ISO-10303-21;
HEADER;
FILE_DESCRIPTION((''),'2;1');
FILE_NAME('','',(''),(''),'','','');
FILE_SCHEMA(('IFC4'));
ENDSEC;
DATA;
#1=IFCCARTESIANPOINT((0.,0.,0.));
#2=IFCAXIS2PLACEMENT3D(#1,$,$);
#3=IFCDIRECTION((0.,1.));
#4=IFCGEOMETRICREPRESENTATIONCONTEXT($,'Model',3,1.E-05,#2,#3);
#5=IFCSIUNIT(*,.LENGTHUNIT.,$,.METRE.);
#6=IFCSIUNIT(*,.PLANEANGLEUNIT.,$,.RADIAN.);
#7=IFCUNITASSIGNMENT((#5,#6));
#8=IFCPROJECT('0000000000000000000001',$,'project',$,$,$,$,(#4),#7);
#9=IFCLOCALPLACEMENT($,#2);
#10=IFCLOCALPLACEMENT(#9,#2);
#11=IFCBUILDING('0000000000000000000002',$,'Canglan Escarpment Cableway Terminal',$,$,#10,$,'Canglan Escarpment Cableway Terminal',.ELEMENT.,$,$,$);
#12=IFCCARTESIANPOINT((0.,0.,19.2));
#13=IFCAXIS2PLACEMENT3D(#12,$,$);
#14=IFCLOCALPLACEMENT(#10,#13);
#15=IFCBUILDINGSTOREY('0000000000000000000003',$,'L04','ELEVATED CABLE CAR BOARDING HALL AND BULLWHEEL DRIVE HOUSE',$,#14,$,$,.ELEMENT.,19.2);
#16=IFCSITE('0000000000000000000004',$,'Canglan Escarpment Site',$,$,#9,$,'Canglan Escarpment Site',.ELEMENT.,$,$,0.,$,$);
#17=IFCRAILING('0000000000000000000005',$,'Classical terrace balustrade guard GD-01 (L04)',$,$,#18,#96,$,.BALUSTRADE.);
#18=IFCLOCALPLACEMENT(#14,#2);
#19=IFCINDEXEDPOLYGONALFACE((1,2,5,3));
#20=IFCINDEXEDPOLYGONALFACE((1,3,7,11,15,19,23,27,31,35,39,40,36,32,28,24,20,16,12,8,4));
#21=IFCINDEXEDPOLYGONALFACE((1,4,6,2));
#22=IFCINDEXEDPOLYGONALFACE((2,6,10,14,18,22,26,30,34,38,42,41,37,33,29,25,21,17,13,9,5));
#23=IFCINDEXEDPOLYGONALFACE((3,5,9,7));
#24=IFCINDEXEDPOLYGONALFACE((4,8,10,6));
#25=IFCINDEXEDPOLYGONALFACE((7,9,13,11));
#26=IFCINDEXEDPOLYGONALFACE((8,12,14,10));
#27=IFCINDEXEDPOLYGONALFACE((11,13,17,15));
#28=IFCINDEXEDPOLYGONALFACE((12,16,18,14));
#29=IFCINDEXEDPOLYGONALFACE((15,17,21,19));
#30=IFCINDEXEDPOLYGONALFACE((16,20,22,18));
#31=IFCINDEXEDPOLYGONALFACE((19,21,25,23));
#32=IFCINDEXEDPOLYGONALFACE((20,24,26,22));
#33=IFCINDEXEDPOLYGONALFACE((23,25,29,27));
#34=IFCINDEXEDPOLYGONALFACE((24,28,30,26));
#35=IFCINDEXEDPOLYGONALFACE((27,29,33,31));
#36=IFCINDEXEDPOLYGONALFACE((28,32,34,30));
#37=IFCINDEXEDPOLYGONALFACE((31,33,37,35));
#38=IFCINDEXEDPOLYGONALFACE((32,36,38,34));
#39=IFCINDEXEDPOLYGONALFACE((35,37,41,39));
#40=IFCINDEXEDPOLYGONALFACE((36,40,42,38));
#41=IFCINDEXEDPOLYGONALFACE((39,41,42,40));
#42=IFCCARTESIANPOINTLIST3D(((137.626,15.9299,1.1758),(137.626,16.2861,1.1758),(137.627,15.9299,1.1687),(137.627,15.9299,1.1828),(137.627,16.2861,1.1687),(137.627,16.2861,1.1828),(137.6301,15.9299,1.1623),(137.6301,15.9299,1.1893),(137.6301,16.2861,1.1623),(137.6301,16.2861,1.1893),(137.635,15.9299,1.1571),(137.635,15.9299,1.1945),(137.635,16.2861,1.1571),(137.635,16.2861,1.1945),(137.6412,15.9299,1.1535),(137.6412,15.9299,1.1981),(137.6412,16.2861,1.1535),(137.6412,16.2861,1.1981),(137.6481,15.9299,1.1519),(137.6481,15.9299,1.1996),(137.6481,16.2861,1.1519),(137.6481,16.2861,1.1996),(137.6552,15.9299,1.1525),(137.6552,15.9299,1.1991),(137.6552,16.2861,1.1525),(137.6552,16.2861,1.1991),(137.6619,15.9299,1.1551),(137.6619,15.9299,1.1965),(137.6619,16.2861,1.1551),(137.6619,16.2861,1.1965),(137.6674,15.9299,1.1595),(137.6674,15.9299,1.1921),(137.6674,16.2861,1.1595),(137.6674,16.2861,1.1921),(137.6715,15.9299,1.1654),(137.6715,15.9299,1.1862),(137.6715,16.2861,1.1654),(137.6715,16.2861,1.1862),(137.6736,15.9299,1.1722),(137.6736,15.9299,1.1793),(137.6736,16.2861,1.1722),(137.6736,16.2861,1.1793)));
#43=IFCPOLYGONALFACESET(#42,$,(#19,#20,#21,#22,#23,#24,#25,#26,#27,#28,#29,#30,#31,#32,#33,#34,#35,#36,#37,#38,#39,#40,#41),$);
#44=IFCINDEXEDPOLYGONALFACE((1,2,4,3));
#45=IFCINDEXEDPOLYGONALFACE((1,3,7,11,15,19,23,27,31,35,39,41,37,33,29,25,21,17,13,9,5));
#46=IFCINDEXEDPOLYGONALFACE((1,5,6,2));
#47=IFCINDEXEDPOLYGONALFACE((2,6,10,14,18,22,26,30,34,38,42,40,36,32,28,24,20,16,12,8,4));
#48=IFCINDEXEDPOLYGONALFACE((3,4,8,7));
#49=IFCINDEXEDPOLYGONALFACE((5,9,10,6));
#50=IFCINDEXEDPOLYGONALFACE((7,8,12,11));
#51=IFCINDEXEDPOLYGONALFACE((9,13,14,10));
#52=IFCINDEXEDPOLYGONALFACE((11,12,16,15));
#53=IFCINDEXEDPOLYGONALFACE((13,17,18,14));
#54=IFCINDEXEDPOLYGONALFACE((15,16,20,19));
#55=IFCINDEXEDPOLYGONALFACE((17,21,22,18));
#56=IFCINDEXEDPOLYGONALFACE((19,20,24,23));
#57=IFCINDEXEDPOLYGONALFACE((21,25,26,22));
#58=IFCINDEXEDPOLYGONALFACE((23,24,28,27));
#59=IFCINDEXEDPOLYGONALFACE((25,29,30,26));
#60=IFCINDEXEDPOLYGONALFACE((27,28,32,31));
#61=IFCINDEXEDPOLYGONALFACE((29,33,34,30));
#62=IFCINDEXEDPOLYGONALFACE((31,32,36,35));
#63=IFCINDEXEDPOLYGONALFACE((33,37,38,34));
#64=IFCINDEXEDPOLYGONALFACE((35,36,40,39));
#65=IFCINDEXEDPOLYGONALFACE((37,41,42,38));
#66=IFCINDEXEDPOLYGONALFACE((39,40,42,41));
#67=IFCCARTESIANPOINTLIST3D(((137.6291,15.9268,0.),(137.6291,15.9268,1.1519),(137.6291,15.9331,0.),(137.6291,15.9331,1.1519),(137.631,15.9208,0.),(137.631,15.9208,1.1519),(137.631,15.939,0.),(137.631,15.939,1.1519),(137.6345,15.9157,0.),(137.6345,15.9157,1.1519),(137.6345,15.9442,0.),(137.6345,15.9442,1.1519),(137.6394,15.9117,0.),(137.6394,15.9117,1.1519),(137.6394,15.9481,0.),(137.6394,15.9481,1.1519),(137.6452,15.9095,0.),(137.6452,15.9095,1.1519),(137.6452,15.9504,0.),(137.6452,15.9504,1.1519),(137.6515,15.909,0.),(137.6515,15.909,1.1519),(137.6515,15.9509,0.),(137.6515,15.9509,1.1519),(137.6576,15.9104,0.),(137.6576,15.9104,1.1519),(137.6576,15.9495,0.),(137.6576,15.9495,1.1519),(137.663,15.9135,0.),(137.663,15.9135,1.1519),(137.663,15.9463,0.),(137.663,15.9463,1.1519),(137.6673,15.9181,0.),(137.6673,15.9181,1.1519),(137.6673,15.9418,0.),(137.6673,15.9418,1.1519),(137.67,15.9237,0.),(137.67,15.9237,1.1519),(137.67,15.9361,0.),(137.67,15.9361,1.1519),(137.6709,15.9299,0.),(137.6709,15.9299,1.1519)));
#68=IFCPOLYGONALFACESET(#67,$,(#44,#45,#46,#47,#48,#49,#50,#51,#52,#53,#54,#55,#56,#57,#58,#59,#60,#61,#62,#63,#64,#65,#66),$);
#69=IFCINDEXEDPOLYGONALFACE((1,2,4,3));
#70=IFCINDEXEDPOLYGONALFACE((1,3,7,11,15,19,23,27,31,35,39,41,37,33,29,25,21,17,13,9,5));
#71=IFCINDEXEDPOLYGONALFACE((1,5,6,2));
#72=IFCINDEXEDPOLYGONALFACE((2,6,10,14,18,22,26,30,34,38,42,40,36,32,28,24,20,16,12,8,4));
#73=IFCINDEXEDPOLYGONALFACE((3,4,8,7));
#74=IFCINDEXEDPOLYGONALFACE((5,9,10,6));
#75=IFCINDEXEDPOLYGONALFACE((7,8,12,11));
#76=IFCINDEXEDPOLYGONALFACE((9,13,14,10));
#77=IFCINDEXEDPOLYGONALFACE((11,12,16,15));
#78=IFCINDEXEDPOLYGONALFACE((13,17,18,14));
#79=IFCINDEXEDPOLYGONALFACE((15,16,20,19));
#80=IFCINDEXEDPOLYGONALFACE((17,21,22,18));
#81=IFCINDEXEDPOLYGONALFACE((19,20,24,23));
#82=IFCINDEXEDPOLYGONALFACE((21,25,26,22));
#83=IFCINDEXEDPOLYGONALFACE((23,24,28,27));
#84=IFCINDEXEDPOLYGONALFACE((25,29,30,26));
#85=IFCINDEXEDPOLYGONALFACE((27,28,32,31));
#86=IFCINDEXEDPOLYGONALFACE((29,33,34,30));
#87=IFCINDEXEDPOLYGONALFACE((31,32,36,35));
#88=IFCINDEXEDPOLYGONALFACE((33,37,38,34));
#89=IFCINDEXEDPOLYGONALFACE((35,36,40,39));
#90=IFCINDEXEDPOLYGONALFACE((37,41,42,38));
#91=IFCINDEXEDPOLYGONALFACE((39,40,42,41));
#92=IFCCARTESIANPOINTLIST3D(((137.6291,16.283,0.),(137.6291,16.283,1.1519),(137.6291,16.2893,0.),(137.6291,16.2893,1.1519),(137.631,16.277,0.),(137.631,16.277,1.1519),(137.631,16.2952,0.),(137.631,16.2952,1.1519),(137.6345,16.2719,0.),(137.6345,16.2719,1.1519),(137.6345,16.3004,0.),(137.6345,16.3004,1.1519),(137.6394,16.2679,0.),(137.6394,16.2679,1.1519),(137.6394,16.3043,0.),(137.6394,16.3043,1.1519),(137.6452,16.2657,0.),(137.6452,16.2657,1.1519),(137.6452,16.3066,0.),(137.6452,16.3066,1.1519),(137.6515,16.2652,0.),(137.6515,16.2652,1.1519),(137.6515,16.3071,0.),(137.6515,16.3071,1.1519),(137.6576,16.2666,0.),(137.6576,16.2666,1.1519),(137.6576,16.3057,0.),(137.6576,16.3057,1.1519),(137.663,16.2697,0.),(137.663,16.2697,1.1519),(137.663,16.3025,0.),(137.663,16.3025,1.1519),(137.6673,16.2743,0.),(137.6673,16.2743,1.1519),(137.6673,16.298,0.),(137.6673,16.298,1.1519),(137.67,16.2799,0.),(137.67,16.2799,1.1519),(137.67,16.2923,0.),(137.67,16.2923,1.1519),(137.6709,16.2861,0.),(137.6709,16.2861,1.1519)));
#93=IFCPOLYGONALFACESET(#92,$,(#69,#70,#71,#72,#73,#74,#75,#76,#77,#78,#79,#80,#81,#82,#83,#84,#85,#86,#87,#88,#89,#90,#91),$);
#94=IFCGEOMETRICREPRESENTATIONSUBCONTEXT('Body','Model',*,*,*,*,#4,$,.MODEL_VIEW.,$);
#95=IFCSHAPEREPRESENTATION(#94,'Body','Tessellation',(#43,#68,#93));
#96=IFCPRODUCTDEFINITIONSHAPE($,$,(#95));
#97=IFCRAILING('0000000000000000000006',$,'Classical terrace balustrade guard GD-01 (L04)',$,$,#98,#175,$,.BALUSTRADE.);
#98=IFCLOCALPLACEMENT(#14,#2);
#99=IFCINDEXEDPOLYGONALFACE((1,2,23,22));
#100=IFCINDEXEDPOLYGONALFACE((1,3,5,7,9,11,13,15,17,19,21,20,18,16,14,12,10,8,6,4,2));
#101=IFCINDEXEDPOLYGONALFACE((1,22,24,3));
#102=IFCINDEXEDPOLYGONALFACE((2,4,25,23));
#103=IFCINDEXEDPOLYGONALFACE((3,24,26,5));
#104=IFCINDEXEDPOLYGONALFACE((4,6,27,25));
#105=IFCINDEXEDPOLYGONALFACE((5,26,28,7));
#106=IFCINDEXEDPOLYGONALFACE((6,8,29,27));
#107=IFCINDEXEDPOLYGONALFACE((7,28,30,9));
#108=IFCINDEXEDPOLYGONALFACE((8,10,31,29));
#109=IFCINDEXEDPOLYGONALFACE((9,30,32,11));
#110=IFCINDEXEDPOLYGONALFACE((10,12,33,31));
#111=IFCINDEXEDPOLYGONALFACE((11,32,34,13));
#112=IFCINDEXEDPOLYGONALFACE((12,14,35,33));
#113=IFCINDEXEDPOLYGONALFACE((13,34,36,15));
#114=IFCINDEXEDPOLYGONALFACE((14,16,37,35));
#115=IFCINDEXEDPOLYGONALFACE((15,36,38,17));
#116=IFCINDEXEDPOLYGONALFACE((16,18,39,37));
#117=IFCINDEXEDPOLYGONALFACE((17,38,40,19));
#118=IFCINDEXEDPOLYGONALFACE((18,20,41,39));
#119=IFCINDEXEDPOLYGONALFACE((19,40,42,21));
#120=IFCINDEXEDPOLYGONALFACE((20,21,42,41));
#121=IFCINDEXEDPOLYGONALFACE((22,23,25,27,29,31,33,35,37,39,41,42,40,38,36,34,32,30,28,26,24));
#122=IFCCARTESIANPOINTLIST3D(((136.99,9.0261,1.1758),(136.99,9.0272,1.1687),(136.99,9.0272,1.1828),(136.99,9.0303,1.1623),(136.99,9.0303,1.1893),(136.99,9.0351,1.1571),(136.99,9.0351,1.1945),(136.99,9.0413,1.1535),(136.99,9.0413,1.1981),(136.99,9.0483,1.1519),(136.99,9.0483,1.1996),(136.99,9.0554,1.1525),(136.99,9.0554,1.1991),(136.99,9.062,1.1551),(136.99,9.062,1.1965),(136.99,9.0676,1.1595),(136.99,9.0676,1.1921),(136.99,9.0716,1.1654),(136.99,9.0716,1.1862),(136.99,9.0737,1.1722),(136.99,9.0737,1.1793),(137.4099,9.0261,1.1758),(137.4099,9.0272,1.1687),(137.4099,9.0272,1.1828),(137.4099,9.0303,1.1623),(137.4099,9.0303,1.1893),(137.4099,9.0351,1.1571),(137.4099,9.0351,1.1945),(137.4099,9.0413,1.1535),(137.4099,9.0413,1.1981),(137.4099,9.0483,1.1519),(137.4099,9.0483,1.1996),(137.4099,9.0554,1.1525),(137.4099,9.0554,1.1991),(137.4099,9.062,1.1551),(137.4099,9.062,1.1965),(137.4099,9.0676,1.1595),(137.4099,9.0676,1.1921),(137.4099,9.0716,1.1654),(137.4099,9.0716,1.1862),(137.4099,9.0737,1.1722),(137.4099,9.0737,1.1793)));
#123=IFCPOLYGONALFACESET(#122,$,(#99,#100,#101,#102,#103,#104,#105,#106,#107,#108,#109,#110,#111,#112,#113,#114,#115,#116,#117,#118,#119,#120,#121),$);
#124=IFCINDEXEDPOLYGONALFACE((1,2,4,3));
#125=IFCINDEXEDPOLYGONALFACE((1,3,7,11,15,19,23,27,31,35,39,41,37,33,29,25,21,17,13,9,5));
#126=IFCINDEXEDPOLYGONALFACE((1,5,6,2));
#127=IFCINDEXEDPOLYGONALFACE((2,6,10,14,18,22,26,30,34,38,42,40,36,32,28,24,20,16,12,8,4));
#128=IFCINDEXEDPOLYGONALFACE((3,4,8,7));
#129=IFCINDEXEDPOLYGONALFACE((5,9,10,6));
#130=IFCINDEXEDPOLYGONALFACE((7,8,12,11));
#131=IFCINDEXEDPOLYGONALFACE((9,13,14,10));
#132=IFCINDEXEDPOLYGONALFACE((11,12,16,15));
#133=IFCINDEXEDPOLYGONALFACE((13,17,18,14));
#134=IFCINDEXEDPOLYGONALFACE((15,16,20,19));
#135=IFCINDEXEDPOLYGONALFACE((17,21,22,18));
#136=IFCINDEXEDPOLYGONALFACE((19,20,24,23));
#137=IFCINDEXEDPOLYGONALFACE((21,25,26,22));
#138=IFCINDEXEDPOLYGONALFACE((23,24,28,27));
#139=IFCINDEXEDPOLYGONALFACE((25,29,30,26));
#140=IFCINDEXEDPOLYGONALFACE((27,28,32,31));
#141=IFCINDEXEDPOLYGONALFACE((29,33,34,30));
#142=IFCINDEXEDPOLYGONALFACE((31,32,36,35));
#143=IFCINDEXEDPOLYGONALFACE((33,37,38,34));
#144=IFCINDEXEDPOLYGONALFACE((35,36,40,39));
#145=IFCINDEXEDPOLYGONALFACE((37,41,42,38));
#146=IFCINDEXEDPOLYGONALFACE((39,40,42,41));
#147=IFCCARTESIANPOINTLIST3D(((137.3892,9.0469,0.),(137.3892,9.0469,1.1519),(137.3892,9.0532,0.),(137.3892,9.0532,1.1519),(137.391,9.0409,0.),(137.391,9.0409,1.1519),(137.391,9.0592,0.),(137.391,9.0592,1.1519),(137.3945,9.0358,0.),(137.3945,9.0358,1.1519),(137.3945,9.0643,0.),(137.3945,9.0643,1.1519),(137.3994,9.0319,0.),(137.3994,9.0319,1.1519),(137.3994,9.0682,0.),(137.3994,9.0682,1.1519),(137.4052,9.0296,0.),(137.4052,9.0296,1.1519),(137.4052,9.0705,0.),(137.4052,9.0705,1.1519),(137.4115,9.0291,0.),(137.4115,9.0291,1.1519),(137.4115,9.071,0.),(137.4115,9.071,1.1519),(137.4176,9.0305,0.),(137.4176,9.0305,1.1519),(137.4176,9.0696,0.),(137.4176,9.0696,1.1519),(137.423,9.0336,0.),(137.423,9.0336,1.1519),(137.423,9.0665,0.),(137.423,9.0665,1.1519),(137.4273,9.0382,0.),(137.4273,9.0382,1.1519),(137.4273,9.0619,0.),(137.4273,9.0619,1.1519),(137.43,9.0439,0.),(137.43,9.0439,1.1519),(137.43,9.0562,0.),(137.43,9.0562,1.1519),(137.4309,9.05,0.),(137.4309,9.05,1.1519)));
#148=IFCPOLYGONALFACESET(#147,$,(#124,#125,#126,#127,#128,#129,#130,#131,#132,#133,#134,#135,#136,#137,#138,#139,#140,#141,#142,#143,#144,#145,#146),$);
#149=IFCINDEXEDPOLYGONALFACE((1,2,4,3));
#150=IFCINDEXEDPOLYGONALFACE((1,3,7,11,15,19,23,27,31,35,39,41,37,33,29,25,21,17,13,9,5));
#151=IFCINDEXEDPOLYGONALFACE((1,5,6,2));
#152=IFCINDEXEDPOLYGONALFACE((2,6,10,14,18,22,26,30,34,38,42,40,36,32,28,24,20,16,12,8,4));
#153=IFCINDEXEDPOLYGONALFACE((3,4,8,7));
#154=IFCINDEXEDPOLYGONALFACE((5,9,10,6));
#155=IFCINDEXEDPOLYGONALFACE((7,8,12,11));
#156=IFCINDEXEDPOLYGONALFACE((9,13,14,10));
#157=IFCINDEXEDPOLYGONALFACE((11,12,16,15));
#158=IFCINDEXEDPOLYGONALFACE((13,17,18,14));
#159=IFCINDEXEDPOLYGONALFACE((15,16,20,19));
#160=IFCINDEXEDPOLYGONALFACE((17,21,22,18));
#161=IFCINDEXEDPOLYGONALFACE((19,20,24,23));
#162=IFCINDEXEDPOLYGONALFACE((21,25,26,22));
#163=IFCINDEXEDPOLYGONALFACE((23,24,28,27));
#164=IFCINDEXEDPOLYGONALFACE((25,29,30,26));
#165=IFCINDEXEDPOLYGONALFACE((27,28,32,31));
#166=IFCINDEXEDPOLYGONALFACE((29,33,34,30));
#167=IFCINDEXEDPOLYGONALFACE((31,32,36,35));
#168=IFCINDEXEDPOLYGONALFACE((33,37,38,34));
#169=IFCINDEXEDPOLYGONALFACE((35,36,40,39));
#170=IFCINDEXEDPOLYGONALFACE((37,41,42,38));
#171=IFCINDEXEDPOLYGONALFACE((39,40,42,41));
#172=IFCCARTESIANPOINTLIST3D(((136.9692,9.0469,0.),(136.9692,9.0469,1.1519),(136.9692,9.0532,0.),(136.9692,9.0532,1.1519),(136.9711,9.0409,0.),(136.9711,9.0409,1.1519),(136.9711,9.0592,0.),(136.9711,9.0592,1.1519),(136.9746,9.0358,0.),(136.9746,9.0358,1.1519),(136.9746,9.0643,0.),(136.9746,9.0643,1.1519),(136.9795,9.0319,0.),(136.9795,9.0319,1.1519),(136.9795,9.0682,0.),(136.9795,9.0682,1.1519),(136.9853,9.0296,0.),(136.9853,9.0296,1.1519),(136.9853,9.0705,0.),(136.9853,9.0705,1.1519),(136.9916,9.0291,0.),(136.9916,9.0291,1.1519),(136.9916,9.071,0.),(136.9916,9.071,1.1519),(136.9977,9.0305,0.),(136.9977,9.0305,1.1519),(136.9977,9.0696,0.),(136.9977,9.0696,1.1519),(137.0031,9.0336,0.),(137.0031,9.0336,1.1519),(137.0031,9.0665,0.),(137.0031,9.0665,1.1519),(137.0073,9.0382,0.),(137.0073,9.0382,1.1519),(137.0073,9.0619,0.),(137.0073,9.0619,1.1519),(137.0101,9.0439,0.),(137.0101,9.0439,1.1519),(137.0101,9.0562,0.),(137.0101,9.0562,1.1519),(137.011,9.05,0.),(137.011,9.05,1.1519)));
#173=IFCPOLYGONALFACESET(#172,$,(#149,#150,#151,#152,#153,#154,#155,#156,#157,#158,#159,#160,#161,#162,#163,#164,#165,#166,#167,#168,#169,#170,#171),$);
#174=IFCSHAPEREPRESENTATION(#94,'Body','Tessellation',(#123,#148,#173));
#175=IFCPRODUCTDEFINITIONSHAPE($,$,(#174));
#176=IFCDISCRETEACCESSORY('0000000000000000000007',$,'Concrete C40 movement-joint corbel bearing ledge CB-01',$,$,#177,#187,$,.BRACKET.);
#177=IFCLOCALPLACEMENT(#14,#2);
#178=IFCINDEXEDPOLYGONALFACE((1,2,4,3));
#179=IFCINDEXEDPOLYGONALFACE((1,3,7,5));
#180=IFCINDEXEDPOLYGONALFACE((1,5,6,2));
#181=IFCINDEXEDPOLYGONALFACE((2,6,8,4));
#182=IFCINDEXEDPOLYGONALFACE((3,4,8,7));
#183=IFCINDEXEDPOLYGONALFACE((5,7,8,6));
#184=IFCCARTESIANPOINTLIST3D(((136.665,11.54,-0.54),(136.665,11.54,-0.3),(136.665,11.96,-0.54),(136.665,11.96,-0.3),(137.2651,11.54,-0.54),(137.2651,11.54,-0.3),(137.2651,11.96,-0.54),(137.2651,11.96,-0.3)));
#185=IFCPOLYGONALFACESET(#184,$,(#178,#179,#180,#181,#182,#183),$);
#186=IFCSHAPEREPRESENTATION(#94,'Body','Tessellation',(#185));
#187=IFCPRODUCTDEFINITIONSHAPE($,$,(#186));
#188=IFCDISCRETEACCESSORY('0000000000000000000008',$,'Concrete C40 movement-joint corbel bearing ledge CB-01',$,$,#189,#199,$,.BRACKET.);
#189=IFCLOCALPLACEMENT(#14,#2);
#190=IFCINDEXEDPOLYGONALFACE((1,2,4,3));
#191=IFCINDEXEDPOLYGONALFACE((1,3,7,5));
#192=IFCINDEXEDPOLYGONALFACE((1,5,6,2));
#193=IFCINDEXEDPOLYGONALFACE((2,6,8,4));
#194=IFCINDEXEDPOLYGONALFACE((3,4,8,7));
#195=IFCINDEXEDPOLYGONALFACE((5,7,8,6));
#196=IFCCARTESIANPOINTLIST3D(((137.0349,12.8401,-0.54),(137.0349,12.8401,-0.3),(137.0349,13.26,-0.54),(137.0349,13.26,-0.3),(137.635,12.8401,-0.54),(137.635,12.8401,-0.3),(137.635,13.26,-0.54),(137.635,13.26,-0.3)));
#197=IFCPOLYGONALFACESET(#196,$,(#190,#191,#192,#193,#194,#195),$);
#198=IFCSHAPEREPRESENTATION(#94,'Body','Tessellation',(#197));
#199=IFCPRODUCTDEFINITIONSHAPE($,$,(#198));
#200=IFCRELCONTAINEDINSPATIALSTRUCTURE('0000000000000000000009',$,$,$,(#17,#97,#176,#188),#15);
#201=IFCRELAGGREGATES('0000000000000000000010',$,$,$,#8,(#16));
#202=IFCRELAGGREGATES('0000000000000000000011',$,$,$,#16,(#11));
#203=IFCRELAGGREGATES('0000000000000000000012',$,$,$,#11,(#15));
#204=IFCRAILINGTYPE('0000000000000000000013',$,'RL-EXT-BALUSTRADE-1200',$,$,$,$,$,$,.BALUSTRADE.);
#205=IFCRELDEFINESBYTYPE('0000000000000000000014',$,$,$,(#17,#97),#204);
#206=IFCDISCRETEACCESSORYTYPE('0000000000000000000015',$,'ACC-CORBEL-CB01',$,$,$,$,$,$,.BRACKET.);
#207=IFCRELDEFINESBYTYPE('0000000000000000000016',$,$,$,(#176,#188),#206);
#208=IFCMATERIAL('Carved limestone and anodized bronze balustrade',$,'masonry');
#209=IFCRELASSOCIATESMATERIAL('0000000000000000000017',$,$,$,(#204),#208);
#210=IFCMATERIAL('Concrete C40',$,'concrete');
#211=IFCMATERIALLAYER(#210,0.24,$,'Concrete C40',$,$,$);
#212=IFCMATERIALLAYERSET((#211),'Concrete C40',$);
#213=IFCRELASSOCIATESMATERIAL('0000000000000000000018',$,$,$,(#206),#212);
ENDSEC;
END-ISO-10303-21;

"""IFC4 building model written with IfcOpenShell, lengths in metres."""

from ifc_helpers import new_model, si_unit, direction, frame, origin, origin_2d, place, context, subcontext, project, spatial, rectangle, circle, extrude, material, layer, layer_set, type_object, element, save


model = new_model("IFC4")

# Units and contexts
model_context = context("Model", 3, precision=1e-05, world=origin(), true_north=direction((0.0, 1.0)))
body_context = subcontext(model_context, "Body", "Model", "MODEL_VIEW")
ifc_project = project(units=[si_unit("LENGTHUNIT", "METRE"), si_unit("PLANEANGLEUNIT", "RADIAN")], contexts=[model_context])

# Site, building, storey
site_placement = place(None, origin())
site = spatial("IfcSite", under=ifc_project, at=site_placement, Name="Canglan Escarpment Site", LongName="Canglan Escarpment Site", CompositionType="ELEMENT", RefElevation=0.0)
building_placement = place(site_placement, origin())
building = spatial("IfcBuilding", under=site, at=building_placement, Name="Canglan Escarpment Cableway Terminal", LongName="Canglan Escarpment Cableway Terminal", CompositionType="ELEMENT")
storey_placement = place(building_placement, frame((0.0, 0.0, 19.2)))
storey = spatial("IfcBuildingStorey", under=building, at=storey_placement, Name="L04", Description="ELEVATED CABLE CAR BOARDING HALL AND BULLWHEEL DRIVE HOUSE", CompositionType="ELEMENT", Elevation=19.2)

# Shared definitions
ifc_material_1 = material(Name="Concrete C40", Category="concrete")

# Railings
ifc_material_2 = material(Name="Carved limestone and anodized bronze balustrade", Category="masonry")
railing_type = type_object("IfcRailingType", Name="RL-EXT-BALUSTRADE-1200", PredefinedType="BALUSTRADE", material=ifc_material_2)
railing_1_placement = place(storey_placement, frame((137.6499, 15.9299, 0.0)))
element("IfcRailing", 1, at=railing_1_placement, inside=storey, type_object=railing_type, Name="Classical terrace balustrade guard GD-01 (L04)", PredefinedType="BALUSTRADE", context=body_context, shape_type="SweptSolid", body=[
    extrude(circle(Radius=0.0239, at=origin_2d()), frame((0.0, 0.0, 1.1758), z_axis=(0.0, 1.0, 0.0), x_axis=(-1.0, 0.0, 0.0)), (0.0, 0.0, 1.0), 0.3562),
    extrude(circle(Radius=0.021, at=origin_2d()), origin(), (0.0, 0.0, 1.0), 1.1519),
    extrude(circle(Radius=0.021, at=origin_2d()), frame((0.0, 0.3562, 0.0)), (0.0, 0.0, 1.0), 1.1519),
])
railing_2_placement = place(storey_placement, frame((137.4099, 9.05, 0.0)))
element("IfcRailing", 2, at=railing_2_placement, inside=storey, type_object=railing_type, Name="Classical terrace balustrade guard GD-01 (L04)", PredefinedType="BALUSTRADE", context=body_context, shape_type="SweptSolid", body=[
    extrude(circle(Radius=0.0239, at=origin_2d()), frame((0.0, 0.0, 1.1758), z_axis=(-1.0, 0.0, 0.0), x_axis=(0.0, -1.0, 0.0)), (0.0, 0.0, 1.0), 0.4199),
    extrude(circle(Radius=0.021, at=origin_2d()), origin(), (0.0, 0.0, 1.0), 1.1519),
    extrude(circle(Radius=0.021, at=origin_2d()), frame((-0.4199, 0.0, 0.0)), (0.0, 0.0, 1.0), 1.1519),
])

# Discrete accessories
ifc_layer_1 = layer(ifc_material_1, 0.24, Name="Concrete C40")
ifc_layer_set_1 = layer_set([ifc_layer_1], Name="Concrete C40")
discrete_accessory_type_1 = type_object("IfcDiscreteAccessoryType", Name="ACC-CORBEL-CB01", PredefinedType="BRACKET", material=ifc_layer_set_1)
for number, where, z_axis, x_axis, name in (
    (3, (136.9651, 11.75, -0.54), (0.0, 0.0, 1.0), (1.0, 0.0, 0.0), "Concrete C40 movement-joint corbel bearing ledge CB-01"),
    (4, (137.335, 13.05, -0.54), (0.0, 0.0, 1.0), (1.0, 0.0, 0.0), "Concrete C40 movement-joint corbel bearing ledge CB-01"),
):
    element("IfcDiscreteAccessory", number, at=place(storey_placement, frame(where, z_axis=z_axis, x_axis=x_axis)), inside=storey, type_object=discrete_accessory_type_1, Name=name, PredefinedType="BRACKET", context=body_context, shape_type="SweptSolid", body=[
        extrude(rectangle(XDim=0.6001, YDim=0.4199, at=origin_2d()), origin(), (0.0, 0.0, 1.0), 0.24),
    ])

save(model, "model.ifc")
